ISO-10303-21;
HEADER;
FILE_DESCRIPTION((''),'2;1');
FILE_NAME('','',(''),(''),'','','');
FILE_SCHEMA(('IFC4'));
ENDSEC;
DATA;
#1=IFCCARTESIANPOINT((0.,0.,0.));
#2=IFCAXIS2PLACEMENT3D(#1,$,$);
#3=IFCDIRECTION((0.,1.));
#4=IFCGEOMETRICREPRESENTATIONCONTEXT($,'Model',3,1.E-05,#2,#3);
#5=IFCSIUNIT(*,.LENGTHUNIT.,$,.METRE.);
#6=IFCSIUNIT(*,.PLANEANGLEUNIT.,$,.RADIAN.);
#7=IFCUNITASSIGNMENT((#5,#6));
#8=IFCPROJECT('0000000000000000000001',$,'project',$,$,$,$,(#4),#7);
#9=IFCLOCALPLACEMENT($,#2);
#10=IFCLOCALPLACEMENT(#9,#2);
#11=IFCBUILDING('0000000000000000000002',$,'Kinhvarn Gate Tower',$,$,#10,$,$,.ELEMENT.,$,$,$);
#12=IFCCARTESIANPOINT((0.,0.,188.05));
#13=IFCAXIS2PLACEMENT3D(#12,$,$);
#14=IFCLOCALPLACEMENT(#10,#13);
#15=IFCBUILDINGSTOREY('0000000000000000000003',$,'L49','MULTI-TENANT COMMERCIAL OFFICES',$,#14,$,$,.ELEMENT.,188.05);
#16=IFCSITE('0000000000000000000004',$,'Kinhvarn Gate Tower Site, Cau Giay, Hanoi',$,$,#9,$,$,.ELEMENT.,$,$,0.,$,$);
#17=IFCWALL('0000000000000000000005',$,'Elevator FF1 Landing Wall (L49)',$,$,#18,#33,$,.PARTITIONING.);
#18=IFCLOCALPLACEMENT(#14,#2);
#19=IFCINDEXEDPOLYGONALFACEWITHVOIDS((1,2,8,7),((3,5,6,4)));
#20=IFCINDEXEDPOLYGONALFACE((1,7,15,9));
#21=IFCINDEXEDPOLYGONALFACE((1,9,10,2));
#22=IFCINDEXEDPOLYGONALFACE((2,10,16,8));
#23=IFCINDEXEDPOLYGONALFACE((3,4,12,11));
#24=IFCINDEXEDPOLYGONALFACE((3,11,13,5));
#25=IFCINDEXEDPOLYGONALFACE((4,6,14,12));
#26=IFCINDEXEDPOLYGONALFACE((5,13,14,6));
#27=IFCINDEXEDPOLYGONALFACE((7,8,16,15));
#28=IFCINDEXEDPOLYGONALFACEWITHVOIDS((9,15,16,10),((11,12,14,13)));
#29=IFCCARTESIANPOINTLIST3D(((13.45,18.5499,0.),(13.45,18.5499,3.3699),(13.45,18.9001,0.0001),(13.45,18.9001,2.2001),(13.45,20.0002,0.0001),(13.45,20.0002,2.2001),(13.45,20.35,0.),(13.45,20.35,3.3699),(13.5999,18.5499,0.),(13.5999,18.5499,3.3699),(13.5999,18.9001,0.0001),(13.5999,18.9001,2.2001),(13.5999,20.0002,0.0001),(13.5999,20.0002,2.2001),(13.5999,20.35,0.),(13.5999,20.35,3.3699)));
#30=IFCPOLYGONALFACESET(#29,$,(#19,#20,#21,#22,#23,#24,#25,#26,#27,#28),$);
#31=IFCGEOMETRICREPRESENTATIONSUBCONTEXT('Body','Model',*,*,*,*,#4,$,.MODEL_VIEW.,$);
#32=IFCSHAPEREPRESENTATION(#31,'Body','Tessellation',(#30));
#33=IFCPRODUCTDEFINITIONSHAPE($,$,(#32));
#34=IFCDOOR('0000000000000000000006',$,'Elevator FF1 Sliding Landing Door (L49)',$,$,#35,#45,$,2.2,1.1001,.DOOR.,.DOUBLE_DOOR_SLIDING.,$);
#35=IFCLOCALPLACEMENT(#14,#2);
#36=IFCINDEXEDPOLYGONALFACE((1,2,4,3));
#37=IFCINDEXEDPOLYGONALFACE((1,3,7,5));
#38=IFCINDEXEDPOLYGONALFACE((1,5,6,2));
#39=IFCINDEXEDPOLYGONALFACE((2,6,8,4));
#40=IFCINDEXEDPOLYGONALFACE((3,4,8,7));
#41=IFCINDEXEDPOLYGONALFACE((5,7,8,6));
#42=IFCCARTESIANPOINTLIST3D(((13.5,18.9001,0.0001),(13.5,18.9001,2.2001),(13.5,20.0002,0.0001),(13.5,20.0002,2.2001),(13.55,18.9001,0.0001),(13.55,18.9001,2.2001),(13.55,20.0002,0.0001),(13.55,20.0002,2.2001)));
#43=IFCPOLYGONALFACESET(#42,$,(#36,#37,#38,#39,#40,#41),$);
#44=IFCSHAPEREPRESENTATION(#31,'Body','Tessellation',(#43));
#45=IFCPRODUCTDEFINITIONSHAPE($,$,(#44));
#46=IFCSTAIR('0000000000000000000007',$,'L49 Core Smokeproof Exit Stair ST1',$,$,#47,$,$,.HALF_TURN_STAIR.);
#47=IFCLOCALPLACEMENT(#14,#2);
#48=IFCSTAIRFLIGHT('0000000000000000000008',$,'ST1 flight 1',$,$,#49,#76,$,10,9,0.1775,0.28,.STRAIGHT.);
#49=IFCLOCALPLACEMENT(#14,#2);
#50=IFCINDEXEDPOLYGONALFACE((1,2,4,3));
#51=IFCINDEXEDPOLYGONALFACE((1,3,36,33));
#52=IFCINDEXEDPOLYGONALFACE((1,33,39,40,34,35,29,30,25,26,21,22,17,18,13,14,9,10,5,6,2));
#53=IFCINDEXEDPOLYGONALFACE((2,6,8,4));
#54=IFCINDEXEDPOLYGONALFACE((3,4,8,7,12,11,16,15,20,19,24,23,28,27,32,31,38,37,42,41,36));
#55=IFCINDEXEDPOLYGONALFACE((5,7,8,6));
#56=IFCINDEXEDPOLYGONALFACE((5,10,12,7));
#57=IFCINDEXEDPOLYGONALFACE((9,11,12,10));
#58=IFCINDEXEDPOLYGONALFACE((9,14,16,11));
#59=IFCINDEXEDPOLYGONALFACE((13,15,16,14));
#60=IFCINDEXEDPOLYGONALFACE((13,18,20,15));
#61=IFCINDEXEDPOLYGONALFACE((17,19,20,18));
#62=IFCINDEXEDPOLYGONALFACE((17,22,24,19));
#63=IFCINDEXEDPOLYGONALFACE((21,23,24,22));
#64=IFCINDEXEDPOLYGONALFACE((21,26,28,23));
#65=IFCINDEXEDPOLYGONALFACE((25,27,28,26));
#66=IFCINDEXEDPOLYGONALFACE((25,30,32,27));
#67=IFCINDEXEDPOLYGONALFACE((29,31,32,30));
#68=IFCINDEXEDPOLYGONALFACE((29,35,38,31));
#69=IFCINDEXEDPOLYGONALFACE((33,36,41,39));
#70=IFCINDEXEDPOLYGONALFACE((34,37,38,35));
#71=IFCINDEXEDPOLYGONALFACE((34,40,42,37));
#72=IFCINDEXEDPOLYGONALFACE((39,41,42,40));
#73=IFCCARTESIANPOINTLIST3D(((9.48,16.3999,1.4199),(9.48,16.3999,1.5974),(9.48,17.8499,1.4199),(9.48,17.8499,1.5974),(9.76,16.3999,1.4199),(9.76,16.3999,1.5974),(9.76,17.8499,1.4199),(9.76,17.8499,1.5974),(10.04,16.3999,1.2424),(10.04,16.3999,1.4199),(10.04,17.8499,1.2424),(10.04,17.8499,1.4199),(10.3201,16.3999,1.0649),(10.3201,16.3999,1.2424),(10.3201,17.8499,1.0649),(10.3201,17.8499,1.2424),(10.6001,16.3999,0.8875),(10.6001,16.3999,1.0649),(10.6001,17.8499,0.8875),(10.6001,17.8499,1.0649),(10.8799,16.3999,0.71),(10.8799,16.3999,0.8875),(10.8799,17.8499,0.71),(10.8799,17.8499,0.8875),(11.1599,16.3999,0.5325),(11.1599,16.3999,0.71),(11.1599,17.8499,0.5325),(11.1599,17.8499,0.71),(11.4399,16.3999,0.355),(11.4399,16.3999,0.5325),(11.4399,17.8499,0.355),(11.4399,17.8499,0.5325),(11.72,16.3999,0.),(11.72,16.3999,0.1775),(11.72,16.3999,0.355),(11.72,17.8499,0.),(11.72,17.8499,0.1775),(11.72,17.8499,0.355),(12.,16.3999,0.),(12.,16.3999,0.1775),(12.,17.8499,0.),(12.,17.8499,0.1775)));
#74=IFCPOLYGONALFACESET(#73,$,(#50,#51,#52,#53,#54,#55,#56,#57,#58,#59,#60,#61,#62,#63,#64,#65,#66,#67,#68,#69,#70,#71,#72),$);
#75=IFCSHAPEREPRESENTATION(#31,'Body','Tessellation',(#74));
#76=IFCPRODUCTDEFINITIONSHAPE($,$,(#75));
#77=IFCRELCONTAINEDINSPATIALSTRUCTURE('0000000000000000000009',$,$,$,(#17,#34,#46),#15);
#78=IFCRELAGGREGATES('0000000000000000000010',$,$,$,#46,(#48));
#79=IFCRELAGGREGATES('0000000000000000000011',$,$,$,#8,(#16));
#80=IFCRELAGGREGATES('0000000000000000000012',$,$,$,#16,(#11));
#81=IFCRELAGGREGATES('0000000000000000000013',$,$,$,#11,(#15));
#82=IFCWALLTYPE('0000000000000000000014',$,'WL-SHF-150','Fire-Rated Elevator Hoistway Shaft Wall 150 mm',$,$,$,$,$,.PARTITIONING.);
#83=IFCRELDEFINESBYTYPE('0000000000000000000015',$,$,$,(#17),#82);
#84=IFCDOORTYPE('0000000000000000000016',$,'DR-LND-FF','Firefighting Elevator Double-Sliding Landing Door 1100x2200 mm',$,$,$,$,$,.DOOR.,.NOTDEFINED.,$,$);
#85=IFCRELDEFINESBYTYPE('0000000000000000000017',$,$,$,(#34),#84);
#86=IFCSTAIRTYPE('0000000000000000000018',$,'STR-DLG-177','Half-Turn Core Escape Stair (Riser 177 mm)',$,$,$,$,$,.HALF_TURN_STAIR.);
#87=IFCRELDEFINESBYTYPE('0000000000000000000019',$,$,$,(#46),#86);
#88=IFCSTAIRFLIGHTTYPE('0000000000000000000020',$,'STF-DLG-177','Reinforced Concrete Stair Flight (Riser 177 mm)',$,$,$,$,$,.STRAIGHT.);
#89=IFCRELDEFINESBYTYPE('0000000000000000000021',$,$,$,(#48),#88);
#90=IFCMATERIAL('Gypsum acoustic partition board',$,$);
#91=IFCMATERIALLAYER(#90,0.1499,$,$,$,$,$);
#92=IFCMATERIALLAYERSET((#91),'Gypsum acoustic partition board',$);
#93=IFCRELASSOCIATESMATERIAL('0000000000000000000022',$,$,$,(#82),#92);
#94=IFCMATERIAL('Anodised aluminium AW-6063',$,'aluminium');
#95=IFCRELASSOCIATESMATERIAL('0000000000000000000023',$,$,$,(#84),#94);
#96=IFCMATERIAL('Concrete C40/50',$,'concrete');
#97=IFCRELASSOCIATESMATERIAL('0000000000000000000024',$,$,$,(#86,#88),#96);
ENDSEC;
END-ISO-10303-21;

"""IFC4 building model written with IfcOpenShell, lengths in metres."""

from ifc_helpers import new_model, si_unit, direction, frame, frame_2d, origin, place, context, subcontext, project, spatial, polyline, rectangle, outline, extrude, material, layer, layer_set, type_object, element, fill, aggregate, save


model = new_model("IFC4")

# Units and contexts
model_context = context("Model", 3, precision=1e-05, world=origin(), true_north=direction((0.0, 1.0)))
body_context = subcontext(model_context, "Body", "Model", "MODEL_VIEW")
ifc_project = project(units=[si_unit("LENGTHUNIT", "METRE"), si_unit("PLANEANGLEUNIT", "RADIAN")], contexts=[model_context])

# Site, building, storey
site_placement = place(None, origin())
site = spatial("IfcSite", under=ifc_project, at=site_placement, Name="Kinhvarn Gate Tower Site, Cau Giay, Hanoi", CompositionType="ELEMENT", RefElevation=0.0)
building_placement = place(site_placement, origin())
building = spatial("IfcBuilding", under=site, at=building_placement, Name="Kinhvarn Gate Tower", CompositionType="ELEMENT")
storey_placement = place(building_placement, frame((0.0, 0.0, 188.05)))
storey = spatial("IfcBuildingStorey", under=building, at=storey_placement, Name="L49", Description="MULTI-TENANT COMMERCIAL OFFICES", CompositionType="ELEMENT", Elevation=188.05)

# Shared definitions
ifc_material_1 = material(Name="Anodised aluminium AW-6063", Category="aluminium")

# Shared definitions
ifc_material_2 = material(Name="Gypsum acoustic partition board")

# Shared definitions
ifc_layer_1 = layer(ifc_material_2, 0.1499)
ifc_layer_set_1 = layer_set([ifc_layer_1], Name="Gypsum acoustic partition board")
wall_type_1 = type_object("IfcWallType", Name="WL-SHF-150", Description="Fire-Rated Elevator Hoistway Shaft Wall 150 mm", PredefinedType="PARTITIONING", material=ifc_layer_set_1)

# Wall, opening, door
wall_1_placement = place(storey_placement, frame((13.5249, 18.55, 0.0), z_axis=(0.0, 0.0, 1.0), x_axis=(0.0, 1.0, 0.0)))
wall_1 = element("IfcWall", 1, at=wall_1_placement, inside=storey, type_object=wall_type_1, Name="Elevator FF1 Landing Wall (L49)", PredefinedType="PARTITIONING", context=body_context, shape_type="SweptSolid", body=[
    extrude(rectangle(XDim=1.8, YDim=0.1499, at=frame_2d((0.8999, 0.0))), origin(), (0.0, 0.0, 1.0), 3.3699),
])
opening_1_placement = place(wall_1_placement, frame((0.3501, 0.0, 0.0)))
opening_1 = element("IfcOpeningElement", 2, at=opening_1_placement, cuts=wall_1, PredefinedType="OPENING", context=body_context, shape_type="SweptSolid", body=[
    extrude(rectangle(XDim=1.1001, YDim=2.2, at=frame_2d((0.55, 1.1001))), frame((0.0, 0.085, 0.0), z_axis=(0.0, -1.0, 0.0), x_axis=(1.0, 0.0, 0.0)), (0.0, 0.0, 1.0), 0.1699),
])
door_type_1 = type_object("IfcDoorType", Name="DR-LND-FF", Description="Firefighting Elevator Double-Sliding Landing Door 1100x2200 mm", OperationType="NOTDEFINED", PredefinedType="DOOR", material=ifc_material_1)
door_1_placement = place(opening_1_placement, origin())
door_1 = element("IfcDoor", 3, at=door_1_placement, inside=storey, type_object=door_type_1, Name="Elevator FF1 Sliding Landing Door (L49)", OperationType="DOUBLE_DOOR_SLIDING", OverallHeight=2.2, OverallWidth=1.1001, PredefinedType="DOOR", context=body_context, shape_type="SweptSolid", body=[
    extrude(rectangle(XDim=1.1001, YDim=2.2, at=frame_2d((0.55, 1.1001))), frame((0.0, 0.0249, 0.0), z_axis=(0.0, -1.0, 0.0), x_axis=(1.0, 0.0, 0.0)), (0.0, 0.0, 1.0), 0.05),
])
fill(opening_1, door_1)
ifc_material_3 = material(Name="Concrete C40/50", Category="concrete")

# Stair, stair flight
stair_type = type_object("IfcStairType", Name="STR-DLG-177", Description="Half-Turn Core Escape Stair (Riser 177 mm)", PredefinedType="HALF_TURN_STAIR", material=ifc_material_3)
stair_placement = place(storey_placement, origin())
stair = element("IfcStair", 4, at=stair_placement, inside=storey, type_object=stair_type, Name="L49 Core Smokeproof Exit Stair ST1", PredefinedType="HALF_TURN_STAIR")
stair_flight_type = type_object("IfcStairFlightType", Name="STF-DLG-177", Description="Reinforced Concrete Stair Flight (Riser 177 mm)", PredefinedType="STRAIGHT", material=ifc_material_3)
stair_flight_placement = place(storey_placement, frame((12.0, 17.125, 0.0), z_axis=(0.0, 0.0, 1.0), x_axis=(-1.0, 0.0, 0.0)))
stair_flight = element("IfcStairFlight", 5, at=stair_flight_placement, type_object=stair_flight_type, Name="ST1 flight 1", NumberOfRisers=10, NumberOfTreads=9, PredefinedType="STRAIGHT", RiserHeight=0.1775, TreadLength=0.28, context=body_context, shape_type="SweptSolid", body=[
    extrude(outline(polyline([(0.0, 0.0), (0.0, 0.1775), (0.28, 0.1775), (0.28, 0.355), (0.5601, 0.355), (0.5601, 0.5325), (0.8401, 0.5325), (0.8401, 0.71), (1.1201, 0.71), (1.1201, 0.8875), (1.3999, 0.8875), (1.3999, 1.0649), (1.6799, 1.0649), (1.6799, 1.2424), (1.96, 1.2424), (1.96, 1.4199), (2.24, 1.4199), (2.24, 1.5974), (2.52, 1.5974), (2.52, 1.7749), (2.52, 1.4199), (0.28, 0.0), (0.0, 0.0)])), frame((0.0, 0.7251, 0.0), z_axis=(0.0, -1.0, 0.0), x_axis=(1.0, 0.0, 0.0)), (0.0, 0.0, 1.0), 1.45),
])
aggregate(stair, [stair_flight])

save(model, "model.ifc")
